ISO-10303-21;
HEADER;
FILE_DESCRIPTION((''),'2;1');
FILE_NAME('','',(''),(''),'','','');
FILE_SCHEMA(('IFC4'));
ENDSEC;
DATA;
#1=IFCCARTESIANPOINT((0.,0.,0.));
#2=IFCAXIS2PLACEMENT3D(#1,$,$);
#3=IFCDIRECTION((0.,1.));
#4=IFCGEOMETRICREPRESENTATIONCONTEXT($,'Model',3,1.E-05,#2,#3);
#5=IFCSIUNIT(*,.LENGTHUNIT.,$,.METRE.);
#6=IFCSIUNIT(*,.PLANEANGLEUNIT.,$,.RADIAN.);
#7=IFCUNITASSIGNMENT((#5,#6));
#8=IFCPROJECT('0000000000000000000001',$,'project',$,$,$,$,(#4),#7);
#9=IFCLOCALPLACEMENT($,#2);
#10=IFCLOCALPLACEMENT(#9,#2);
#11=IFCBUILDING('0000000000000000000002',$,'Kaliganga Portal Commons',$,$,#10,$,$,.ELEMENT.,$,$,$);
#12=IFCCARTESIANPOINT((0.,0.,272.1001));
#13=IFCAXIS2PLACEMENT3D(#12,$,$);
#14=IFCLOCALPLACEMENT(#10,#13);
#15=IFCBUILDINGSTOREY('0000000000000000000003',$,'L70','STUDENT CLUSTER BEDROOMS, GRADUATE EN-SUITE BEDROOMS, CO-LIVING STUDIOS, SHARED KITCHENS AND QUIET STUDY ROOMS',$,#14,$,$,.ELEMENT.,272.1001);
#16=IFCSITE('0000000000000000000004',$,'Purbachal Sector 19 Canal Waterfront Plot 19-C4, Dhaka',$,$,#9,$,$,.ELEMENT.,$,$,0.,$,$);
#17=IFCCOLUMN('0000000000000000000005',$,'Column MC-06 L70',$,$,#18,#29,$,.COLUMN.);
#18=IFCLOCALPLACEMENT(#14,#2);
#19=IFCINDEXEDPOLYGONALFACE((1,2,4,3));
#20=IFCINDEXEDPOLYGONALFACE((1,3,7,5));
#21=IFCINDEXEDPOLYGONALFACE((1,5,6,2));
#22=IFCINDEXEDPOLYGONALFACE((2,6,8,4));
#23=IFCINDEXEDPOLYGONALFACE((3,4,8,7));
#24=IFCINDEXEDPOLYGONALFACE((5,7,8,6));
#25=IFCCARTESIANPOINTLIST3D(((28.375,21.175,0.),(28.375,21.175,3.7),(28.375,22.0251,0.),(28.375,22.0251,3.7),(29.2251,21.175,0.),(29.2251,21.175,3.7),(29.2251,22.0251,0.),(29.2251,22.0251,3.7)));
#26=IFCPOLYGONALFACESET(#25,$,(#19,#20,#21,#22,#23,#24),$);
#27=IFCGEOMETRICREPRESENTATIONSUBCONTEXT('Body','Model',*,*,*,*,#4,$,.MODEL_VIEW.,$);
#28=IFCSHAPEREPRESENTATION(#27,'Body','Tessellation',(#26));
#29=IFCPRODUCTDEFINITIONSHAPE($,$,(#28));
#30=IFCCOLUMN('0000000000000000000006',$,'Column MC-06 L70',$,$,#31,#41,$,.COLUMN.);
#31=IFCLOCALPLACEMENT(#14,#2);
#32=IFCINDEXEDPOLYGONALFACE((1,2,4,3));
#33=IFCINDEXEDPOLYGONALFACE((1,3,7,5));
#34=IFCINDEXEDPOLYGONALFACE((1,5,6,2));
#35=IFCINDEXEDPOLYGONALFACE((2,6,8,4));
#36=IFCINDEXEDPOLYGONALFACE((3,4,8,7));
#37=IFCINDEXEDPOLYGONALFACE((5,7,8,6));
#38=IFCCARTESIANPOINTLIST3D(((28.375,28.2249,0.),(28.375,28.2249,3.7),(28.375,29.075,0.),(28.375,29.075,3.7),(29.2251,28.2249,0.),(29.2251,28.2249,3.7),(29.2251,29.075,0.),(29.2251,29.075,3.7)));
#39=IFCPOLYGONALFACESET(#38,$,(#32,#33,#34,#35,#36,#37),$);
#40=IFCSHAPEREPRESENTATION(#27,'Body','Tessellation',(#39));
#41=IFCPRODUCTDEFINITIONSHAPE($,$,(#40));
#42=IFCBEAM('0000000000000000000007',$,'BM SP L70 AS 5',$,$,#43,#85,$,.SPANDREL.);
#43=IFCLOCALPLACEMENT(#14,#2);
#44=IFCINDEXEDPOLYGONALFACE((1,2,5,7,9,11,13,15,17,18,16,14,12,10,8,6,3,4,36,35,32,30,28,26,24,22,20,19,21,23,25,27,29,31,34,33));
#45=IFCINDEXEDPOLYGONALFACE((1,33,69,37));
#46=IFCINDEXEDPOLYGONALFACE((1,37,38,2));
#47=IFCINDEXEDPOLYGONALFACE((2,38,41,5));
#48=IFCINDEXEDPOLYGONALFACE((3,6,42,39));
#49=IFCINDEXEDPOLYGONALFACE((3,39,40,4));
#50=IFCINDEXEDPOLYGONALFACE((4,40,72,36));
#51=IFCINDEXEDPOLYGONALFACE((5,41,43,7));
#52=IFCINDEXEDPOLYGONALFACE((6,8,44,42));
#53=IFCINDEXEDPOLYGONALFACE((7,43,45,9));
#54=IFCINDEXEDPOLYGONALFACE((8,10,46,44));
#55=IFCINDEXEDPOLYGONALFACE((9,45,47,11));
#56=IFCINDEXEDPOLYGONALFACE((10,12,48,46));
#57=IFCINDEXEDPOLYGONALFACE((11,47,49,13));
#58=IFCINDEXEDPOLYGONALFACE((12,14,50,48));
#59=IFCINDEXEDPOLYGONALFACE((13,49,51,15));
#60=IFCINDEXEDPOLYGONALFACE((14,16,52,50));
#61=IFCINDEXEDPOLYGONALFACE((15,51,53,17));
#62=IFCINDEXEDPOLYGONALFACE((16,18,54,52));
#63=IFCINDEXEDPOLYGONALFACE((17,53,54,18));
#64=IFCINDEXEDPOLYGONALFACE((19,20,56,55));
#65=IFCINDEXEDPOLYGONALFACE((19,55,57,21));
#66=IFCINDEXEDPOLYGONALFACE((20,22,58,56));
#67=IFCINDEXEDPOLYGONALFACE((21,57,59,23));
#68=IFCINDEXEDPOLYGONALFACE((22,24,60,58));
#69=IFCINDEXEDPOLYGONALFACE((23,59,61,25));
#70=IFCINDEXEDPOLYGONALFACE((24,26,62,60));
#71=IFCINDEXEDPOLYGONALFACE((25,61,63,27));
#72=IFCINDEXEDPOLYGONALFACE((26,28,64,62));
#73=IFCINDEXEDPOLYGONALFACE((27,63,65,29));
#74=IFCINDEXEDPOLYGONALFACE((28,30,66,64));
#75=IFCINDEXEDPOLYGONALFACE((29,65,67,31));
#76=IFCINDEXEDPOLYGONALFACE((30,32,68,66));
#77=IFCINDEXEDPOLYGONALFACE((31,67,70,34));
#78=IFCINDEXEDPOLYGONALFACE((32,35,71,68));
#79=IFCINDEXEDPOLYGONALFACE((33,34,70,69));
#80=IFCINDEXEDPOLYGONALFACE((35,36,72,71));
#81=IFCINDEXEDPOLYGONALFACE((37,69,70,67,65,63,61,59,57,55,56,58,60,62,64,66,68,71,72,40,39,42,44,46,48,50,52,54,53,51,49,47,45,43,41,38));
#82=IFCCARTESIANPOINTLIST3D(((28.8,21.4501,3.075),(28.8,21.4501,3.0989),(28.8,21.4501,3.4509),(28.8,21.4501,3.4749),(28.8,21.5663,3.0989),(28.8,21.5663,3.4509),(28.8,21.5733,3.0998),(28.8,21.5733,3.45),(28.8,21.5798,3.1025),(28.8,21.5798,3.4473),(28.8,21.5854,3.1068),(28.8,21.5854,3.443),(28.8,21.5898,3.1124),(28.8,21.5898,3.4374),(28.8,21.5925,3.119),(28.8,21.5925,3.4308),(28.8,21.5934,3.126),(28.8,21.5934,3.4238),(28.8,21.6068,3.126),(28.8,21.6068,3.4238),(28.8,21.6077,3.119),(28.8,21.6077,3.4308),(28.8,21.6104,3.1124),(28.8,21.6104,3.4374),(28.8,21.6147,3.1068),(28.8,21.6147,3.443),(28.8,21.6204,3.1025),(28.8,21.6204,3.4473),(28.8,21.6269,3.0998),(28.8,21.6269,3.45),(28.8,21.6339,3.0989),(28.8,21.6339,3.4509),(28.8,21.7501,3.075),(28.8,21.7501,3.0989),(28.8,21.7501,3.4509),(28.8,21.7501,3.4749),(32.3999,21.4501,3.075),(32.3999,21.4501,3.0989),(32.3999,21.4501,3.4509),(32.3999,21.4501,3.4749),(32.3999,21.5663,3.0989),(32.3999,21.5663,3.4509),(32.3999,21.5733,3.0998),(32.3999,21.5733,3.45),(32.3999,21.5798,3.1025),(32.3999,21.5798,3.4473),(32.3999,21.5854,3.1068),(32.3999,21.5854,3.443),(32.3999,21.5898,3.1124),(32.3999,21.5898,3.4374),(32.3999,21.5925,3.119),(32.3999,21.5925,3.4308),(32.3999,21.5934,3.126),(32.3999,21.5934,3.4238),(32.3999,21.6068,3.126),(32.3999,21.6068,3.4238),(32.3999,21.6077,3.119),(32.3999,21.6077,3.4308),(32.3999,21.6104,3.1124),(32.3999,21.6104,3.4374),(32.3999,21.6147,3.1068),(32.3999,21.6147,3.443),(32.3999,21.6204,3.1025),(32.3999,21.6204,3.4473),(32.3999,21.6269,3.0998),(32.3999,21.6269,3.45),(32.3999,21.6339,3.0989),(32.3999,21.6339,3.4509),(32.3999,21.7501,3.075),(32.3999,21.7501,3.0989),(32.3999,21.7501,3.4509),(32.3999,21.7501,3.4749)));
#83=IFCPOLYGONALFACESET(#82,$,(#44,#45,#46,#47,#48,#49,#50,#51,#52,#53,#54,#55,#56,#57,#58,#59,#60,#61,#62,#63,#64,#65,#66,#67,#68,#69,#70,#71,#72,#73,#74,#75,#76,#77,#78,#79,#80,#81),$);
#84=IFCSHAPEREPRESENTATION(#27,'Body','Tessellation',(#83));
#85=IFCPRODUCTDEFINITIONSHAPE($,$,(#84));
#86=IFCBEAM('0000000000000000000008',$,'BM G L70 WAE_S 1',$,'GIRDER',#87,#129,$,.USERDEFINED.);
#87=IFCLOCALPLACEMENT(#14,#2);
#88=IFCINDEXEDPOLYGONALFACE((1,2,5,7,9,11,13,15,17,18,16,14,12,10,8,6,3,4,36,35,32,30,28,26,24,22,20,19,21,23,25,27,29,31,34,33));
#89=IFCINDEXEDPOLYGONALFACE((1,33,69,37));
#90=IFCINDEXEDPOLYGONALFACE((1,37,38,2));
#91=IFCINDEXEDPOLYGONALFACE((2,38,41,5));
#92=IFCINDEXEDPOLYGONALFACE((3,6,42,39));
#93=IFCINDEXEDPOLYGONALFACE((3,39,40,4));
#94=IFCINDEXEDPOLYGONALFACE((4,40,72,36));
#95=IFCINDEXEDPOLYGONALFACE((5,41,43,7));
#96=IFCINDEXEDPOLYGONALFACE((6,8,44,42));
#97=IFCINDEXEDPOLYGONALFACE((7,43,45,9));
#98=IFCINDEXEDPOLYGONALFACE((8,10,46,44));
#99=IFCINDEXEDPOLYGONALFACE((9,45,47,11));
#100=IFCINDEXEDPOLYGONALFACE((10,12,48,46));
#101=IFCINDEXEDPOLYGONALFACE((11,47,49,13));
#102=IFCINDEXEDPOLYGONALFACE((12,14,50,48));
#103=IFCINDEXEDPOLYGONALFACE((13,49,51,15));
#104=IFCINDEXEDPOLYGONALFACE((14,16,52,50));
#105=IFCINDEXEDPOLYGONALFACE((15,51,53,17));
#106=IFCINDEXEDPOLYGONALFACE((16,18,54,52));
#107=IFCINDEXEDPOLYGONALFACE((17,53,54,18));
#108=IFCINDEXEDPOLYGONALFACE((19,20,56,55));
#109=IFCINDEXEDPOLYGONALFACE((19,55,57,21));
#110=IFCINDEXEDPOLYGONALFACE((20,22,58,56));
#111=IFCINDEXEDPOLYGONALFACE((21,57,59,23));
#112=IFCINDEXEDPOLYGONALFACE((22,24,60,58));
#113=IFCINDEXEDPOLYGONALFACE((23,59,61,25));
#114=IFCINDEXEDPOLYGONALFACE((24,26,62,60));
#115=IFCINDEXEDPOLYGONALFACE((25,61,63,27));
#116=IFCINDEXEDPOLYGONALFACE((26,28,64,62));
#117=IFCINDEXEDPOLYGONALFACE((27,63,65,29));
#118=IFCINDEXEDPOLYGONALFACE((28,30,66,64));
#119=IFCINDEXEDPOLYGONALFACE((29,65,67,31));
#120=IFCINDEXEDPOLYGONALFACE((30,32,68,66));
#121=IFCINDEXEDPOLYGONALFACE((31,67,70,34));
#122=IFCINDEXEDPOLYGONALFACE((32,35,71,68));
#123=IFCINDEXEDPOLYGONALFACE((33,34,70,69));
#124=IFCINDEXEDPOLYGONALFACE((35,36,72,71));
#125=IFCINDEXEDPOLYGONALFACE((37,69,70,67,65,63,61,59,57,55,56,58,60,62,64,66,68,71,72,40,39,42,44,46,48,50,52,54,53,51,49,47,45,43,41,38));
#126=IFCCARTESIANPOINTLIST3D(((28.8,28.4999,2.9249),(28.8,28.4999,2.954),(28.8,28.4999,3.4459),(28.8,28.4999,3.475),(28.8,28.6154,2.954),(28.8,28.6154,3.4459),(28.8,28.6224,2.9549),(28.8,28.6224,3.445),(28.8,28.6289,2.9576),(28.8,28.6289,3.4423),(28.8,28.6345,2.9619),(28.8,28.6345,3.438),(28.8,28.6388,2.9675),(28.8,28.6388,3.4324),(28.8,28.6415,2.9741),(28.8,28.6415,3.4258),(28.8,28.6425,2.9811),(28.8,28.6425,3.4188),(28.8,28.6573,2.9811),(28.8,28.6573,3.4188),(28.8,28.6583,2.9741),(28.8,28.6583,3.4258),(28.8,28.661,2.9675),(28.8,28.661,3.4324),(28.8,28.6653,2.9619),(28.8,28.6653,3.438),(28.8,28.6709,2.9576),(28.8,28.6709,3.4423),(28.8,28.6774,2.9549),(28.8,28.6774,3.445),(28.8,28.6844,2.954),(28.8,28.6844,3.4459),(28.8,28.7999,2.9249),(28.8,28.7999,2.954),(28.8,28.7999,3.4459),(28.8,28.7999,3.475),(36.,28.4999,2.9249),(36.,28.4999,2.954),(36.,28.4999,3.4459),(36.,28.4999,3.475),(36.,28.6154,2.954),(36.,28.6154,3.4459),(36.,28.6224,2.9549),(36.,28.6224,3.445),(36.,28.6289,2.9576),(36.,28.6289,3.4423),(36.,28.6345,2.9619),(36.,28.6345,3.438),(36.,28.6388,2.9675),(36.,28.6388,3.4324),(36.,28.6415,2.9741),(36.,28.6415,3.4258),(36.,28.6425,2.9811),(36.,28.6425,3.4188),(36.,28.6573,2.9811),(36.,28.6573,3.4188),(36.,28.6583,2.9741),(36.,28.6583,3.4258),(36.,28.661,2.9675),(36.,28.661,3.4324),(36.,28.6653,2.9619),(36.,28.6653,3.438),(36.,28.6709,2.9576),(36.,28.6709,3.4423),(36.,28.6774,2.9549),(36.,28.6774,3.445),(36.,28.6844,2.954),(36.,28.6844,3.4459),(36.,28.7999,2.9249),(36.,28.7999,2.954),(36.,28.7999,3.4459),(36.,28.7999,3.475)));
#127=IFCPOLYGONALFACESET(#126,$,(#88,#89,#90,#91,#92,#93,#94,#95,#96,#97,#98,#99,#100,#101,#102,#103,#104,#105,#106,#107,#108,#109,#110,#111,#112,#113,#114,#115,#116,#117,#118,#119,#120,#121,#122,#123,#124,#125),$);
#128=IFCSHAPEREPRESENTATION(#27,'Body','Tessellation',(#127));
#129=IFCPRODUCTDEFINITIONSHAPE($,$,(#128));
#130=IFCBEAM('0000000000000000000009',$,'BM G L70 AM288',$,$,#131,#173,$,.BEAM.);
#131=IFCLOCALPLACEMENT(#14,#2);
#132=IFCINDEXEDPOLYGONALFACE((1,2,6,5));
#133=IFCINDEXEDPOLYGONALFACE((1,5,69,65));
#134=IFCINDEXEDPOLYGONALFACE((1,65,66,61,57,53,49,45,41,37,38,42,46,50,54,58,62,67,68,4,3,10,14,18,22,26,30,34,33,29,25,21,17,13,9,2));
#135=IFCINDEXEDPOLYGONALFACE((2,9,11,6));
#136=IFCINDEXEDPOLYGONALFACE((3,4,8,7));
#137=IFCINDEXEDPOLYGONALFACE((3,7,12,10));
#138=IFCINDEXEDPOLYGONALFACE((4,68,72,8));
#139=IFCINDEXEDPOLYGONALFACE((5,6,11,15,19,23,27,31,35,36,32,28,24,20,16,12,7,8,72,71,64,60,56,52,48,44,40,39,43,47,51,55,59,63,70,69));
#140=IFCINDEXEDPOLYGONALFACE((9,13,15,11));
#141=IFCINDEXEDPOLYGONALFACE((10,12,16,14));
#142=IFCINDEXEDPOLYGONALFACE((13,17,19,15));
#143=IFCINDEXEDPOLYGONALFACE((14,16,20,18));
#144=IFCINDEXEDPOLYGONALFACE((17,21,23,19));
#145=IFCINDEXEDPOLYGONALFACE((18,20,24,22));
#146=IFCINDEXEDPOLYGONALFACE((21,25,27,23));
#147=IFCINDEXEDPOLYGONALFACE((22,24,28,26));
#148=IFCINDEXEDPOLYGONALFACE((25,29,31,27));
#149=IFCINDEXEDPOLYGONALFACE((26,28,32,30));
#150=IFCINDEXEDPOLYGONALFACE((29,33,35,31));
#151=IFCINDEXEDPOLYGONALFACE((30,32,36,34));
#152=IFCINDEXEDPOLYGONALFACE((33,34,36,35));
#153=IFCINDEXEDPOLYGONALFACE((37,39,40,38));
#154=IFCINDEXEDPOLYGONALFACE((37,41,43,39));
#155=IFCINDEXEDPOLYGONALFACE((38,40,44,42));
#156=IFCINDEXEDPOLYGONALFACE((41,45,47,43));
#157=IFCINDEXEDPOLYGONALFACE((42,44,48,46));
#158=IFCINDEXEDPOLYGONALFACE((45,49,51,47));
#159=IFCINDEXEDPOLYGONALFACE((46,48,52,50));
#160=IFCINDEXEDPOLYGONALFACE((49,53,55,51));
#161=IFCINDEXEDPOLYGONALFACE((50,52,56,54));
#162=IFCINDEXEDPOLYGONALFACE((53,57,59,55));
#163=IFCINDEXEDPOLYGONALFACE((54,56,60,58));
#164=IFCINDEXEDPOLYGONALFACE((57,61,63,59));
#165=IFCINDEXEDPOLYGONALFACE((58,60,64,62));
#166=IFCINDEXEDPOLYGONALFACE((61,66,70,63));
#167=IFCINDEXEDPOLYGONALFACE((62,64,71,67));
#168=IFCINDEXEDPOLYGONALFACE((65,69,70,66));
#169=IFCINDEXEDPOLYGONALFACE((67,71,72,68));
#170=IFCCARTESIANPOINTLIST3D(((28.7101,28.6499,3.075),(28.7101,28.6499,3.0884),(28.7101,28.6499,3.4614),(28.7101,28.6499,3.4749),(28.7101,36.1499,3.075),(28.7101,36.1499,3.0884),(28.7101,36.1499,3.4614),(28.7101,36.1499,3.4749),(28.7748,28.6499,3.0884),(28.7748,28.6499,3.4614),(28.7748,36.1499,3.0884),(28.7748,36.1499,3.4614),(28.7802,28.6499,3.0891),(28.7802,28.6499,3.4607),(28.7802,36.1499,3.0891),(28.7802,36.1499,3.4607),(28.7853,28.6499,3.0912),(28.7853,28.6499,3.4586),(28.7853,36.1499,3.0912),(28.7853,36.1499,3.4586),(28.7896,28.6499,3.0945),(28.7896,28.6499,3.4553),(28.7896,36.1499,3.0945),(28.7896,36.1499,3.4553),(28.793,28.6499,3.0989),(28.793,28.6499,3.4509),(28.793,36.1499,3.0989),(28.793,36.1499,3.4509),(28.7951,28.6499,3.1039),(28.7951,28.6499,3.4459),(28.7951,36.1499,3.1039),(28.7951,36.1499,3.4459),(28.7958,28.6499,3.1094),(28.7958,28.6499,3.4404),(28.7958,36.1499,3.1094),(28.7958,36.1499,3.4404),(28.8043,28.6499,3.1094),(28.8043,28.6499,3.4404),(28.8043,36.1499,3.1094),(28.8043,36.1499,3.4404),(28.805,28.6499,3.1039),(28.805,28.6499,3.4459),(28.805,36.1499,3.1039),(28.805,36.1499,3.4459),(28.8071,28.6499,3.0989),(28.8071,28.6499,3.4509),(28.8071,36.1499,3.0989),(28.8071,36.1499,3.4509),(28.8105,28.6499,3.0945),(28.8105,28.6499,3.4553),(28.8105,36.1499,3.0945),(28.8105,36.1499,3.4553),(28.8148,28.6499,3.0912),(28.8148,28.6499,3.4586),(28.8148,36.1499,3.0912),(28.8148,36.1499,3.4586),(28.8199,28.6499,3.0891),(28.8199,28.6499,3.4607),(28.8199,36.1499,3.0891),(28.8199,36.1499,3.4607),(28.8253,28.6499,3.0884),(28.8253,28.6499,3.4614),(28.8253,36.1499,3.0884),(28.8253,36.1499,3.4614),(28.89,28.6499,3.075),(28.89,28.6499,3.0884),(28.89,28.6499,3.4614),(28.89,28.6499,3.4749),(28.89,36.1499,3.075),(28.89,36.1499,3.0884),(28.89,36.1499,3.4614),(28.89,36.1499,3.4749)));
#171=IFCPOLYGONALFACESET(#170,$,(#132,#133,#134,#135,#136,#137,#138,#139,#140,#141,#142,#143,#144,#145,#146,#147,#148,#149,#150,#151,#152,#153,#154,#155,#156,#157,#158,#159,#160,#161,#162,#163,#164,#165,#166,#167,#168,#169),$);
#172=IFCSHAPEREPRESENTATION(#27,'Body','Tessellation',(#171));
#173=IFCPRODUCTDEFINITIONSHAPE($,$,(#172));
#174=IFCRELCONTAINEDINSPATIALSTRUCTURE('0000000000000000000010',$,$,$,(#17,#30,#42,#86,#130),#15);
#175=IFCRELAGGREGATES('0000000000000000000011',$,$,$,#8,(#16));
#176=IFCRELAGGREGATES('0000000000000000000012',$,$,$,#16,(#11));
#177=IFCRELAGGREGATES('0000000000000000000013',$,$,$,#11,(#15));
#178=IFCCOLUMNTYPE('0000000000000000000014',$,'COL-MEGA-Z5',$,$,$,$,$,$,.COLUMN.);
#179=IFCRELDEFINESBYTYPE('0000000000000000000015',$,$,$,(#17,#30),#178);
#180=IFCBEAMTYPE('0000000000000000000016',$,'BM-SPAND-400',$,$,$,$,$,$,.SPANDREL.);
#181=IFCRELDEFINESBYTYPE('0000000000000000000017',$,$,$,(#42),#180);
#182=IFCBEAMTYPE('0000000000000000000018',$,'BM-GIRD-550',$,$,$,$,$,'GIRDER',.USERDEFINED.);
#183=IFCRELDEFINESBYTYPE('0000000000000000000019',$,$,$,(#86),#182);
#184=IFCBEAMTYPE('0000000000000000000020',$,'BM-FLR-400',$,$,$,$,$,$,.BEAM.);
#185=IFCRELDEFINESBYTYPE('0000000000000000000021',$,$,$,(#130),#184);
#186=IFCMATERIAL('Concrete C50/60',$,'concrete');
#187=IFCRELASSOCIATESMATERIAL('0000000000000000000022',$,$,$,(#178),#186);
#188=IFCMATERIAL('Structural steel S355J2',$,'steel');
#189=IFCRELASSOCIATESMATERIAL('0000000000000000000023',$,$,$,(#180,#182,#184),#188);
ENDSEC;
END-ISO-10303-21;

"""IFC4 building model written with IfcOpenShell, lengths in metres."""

from ifc_helpers import new_model, si_unit, direction, frame, origin, origin_2d, place, context, subcontext, project, spatial, rectangle, i_section, extrude, source, transform, mapped, material, material_profile, profile_set, type_object, element, save


model = new_model("IFC4")

# Units and contexts
model_context = context("Model", 3, precision=1e-05, world=origin(), true_north=direction((0.0, 1.0)))
body_context = subcontext(model_context, "Body", "Model", "MODEL_VIEW")
ifc_project = project(units=[si_unit("LENGTHUNIT", "METRE"), si_unit("PLANEANGLEUNIT", "RADIAN")], contexts=[model_context])

# Site, building, storey
site_placement = place(None, origin())
site = spatial("IfcSite", under=ifc_project, at=site_placement, Name="Purbachal Sector 19 Canal Waterfront Plot 19-C4, Dhaka", CompositionType="ELEMENT", RefElevation=0.0)
building_placement = place(site_placement, origin())
building = spatial("IfcBuilding", under=site, at=building_placement, Name="Kaliganga Portal Commons", CompositionType="ELEMENT")
storey_placement = place(building_placement, frame((0.0, 0.0, 272.1001)))
storey = spatial("IfcBuildingStorey", under=building, at=storey_placement, Name="L70", Description="STUDENT CLUSTER BEDROOMS, GRADUATE EN-SUITE BEDROOMS, CO-LIVING STUDIOS, SHARED KITCHENS AND QUIET STUDY ROOMS", CompositionType="ELEMENT", Elevation=272.1001)

# Columns
ifc_material_1 = material(Name="Concrete C50/60", Category="concrete")
ifc_material_profile_1 = material_profile(ifc_material_1, rectangle(XDim=0.8501, YDim=0.8501, at=origin_2d()), Name="RC 850x850")
ifc_profile_set_1 = profile_set([ifc_material_profile_1], Name="Concrete C50/60")
column_type = type_object("IfcColumnType", Name="COL-MEGA-Z5", PredefinedType="COLUMN", material=ifc_profile_set_1)
shared_shape_1 = source(origin(), body_context, "Body", "SweptSolid", [
    extrude(rectangle(XDim=0.8501, YDim=0.8501, at=origin_2d()), origin(), (0.0, 0.0, 1.0), 3.7),
])
for number, where, z_axis, x_axis, name in (
    (1, (28.8, 21.6001, 0.0), (0.0, 0.0, 1.0), (1.0, 0.0, 0.0), "Column MC-06 L70"),
    (2, (28.8, 28.6499, 0.0), (0.0, 0.0, 1.0), (1.0, 0.0, 0.0), "Column MC-06 L70"),
):
    element("IfcColumn", number, at=place(storey_placement, frame(where, z_axis=z_axis, x_axis=x_axis)), inside=storey, type_object=column_type, Name=name, PredefinedType="COLUMN", context=body_context, shape_type="MappedRepresentation", body=[
        mapped(shared_shape_1, transform((0.0, 0.0, 0.0), x_axis=(1.0, 0.0, 0.0), y_axis=(0.0, 1.0, 0.0), z_axis=(0.0, 0.0, 1.0), scale=1.0)),
    ])

# Beams
ifc_material_2 = material(Name="Structural steel S355J2", Category="steel")
ifc_material_profile_2 = material_profile(ifc_material_2, i_section(OverallWidth=0.3, OverallDepth=0.3999, WebThickness=0.0134, FlangeThickness=0.0239, FilletRadius=0.0271, at=origin_2d()), Name="HE 400 B")
ifc_profile_set_2 = profile_set([ifc_material_profile_2], Name="Structural steel S355J2 wide-flange")
beam_type_1 = type_object("IfcBeamType", Name="BM-SPAND-400", PredefinedType="SPANDREL", material=ifc_profile_set_2)
shared_shape_2 = source(origin(), body_context, "Body", "SweptSolid", [
    extrude(i_section(OverallWidth=0.3, OverallDepth=0.3999, WebThickness=0.0134, FlangeThickness=0.0239, FilletRadius=0.0271, at=origin_2d()), origin(), (0.0, 0.0, 1.0), 3.5999),
])
beam_1_placement = place(storey_placement, frame((28.8, 21.6001, 3.2749), z_axis=(1.0, 0.0, 0.0), x_axis=(0.0, 1.0, 0.0)))
element("IfcBeam", 3, at=beam_1_placement, inside=storey, type_object=beam_type_1, Name="BM SP L70 AS 5", PredefinedType="SPANDREL", context=body_context, shape_type="MappedRepresentation", body=[
    mapped(shared_shape_2, transform((0.0, 0.0, 0.0), x_axis=(1.0, 0.0, 0.0), y_axis=(0.0, 1.0, 0.0), z_axis=(0.0, 0.0, 1.0), scale=1.0)),
])
ifc_material_profile_3 = material_profile(ifc_material_2, i_section(OverallWidth=0.3, OverallDepth=0.55, WebThickness=0.0149, FlangeThickness=0.0291, FilletRadius=0.0271, at=origin_2d()), Name="HE 550 B")
ifc_profile_set_3 = profile_set([ifc_material_profile_3], Name="Structural steel S355J2 wide-flange")
beam_type_2 = type_object("IfcBeamType", Name="BM-GIRD-550", ElementType="GIRDER", PredefinedType="USERDEFINED", material=ifc_profile_set_3)
shared_shape_3 = source(origin(), body_context, "Body", "SweptSolid", [
    extrude(i_section(OverallWidth=0.3, OverallDepth=0.55, WebThickness=0.0149, FlangeThickness=0.0291, FilletRadius=0.0271, at=origin_2d()), origin(), (0.0, 0.0, 1.0), 7.2),
])
beam_2_placement = place(storey_placement, frame((28.8, 28.6499, 3.2), z_axis=(1.0, 0.0, 0.0), x_axis=(0.0, 1.0, 0.0)))
element("IfcBeam", 4, at=beam_2_placement, inside=storey, type_object=beam_type_2, Name="BM G L70 WAE_S 1", ObjectType="GIRDER", PredefinedType="USERDEFINED", context=body_context, shape_type="MappedRepresentation", body=[
    mapped(shared_shape_3, transform((0.0, 0.0, 0.0), x_axis=(1.0, 0.0, 0.0), y_axis=(0.0, 1.0, 0.0), z_axis=(0.0, 0.0, 1.0), scale=1.0)),
])
ifc_material_profile_4 = material_profile(ifc_material_2, i_section(OverallWidth=0.1799, OverallDepth=0.3999, WebThickness=0.0085, FlangeThickness=0.0134, FilletRadius=0.021, at=origin_2d()), Name="IPE 400")
ifc_profile_set_4 = profile_set([ifc_material_profile_4], Name="Structural steel S355J2 wide-flange")
beam_type_3 = type_object("IfcBeamType", Name="BM-FLR-400", PredefinedType="BEAM", material=ifc_profile_set_4)
shared_shape_4 = source(origin(), body_context, "Body", "SweptSolid", [
    extrude(i_section(OverallWidth=0.1799, OverallDepth=0.3999, WebThickness=0.0085, FlangeThickness=0.0134, FilletRadius=0.021, at=origin_2d()), origin(), (0.0, 0.0, 1.0), 7.5),
])
beam_3_placement = place(storey_placement, frame((28.8, 28.6499, 3.2749), z_axis=(0.0, 1.0, 0.0), x_axis=(-1.0, 0.0, 0.0)))
element("IfcBeam", 5, at=beam_3_placement, inside=storey, type_object=beam_type_3, Name="BM G L70 AM288", PredefinedType="BEAM", context=body_context, shape_type="MappedRepresentation", body=[
    mapped(shared_shape_4, transform((0.0, 0.0, 0.0), x_axis=(1.0, 0.0, 0.0), y_axis=(0.0, 1.0, 0.0), z_axis=(0.0, 0.0, 1.0), scale=1.0)),
])

save(model, "model.ifc")
